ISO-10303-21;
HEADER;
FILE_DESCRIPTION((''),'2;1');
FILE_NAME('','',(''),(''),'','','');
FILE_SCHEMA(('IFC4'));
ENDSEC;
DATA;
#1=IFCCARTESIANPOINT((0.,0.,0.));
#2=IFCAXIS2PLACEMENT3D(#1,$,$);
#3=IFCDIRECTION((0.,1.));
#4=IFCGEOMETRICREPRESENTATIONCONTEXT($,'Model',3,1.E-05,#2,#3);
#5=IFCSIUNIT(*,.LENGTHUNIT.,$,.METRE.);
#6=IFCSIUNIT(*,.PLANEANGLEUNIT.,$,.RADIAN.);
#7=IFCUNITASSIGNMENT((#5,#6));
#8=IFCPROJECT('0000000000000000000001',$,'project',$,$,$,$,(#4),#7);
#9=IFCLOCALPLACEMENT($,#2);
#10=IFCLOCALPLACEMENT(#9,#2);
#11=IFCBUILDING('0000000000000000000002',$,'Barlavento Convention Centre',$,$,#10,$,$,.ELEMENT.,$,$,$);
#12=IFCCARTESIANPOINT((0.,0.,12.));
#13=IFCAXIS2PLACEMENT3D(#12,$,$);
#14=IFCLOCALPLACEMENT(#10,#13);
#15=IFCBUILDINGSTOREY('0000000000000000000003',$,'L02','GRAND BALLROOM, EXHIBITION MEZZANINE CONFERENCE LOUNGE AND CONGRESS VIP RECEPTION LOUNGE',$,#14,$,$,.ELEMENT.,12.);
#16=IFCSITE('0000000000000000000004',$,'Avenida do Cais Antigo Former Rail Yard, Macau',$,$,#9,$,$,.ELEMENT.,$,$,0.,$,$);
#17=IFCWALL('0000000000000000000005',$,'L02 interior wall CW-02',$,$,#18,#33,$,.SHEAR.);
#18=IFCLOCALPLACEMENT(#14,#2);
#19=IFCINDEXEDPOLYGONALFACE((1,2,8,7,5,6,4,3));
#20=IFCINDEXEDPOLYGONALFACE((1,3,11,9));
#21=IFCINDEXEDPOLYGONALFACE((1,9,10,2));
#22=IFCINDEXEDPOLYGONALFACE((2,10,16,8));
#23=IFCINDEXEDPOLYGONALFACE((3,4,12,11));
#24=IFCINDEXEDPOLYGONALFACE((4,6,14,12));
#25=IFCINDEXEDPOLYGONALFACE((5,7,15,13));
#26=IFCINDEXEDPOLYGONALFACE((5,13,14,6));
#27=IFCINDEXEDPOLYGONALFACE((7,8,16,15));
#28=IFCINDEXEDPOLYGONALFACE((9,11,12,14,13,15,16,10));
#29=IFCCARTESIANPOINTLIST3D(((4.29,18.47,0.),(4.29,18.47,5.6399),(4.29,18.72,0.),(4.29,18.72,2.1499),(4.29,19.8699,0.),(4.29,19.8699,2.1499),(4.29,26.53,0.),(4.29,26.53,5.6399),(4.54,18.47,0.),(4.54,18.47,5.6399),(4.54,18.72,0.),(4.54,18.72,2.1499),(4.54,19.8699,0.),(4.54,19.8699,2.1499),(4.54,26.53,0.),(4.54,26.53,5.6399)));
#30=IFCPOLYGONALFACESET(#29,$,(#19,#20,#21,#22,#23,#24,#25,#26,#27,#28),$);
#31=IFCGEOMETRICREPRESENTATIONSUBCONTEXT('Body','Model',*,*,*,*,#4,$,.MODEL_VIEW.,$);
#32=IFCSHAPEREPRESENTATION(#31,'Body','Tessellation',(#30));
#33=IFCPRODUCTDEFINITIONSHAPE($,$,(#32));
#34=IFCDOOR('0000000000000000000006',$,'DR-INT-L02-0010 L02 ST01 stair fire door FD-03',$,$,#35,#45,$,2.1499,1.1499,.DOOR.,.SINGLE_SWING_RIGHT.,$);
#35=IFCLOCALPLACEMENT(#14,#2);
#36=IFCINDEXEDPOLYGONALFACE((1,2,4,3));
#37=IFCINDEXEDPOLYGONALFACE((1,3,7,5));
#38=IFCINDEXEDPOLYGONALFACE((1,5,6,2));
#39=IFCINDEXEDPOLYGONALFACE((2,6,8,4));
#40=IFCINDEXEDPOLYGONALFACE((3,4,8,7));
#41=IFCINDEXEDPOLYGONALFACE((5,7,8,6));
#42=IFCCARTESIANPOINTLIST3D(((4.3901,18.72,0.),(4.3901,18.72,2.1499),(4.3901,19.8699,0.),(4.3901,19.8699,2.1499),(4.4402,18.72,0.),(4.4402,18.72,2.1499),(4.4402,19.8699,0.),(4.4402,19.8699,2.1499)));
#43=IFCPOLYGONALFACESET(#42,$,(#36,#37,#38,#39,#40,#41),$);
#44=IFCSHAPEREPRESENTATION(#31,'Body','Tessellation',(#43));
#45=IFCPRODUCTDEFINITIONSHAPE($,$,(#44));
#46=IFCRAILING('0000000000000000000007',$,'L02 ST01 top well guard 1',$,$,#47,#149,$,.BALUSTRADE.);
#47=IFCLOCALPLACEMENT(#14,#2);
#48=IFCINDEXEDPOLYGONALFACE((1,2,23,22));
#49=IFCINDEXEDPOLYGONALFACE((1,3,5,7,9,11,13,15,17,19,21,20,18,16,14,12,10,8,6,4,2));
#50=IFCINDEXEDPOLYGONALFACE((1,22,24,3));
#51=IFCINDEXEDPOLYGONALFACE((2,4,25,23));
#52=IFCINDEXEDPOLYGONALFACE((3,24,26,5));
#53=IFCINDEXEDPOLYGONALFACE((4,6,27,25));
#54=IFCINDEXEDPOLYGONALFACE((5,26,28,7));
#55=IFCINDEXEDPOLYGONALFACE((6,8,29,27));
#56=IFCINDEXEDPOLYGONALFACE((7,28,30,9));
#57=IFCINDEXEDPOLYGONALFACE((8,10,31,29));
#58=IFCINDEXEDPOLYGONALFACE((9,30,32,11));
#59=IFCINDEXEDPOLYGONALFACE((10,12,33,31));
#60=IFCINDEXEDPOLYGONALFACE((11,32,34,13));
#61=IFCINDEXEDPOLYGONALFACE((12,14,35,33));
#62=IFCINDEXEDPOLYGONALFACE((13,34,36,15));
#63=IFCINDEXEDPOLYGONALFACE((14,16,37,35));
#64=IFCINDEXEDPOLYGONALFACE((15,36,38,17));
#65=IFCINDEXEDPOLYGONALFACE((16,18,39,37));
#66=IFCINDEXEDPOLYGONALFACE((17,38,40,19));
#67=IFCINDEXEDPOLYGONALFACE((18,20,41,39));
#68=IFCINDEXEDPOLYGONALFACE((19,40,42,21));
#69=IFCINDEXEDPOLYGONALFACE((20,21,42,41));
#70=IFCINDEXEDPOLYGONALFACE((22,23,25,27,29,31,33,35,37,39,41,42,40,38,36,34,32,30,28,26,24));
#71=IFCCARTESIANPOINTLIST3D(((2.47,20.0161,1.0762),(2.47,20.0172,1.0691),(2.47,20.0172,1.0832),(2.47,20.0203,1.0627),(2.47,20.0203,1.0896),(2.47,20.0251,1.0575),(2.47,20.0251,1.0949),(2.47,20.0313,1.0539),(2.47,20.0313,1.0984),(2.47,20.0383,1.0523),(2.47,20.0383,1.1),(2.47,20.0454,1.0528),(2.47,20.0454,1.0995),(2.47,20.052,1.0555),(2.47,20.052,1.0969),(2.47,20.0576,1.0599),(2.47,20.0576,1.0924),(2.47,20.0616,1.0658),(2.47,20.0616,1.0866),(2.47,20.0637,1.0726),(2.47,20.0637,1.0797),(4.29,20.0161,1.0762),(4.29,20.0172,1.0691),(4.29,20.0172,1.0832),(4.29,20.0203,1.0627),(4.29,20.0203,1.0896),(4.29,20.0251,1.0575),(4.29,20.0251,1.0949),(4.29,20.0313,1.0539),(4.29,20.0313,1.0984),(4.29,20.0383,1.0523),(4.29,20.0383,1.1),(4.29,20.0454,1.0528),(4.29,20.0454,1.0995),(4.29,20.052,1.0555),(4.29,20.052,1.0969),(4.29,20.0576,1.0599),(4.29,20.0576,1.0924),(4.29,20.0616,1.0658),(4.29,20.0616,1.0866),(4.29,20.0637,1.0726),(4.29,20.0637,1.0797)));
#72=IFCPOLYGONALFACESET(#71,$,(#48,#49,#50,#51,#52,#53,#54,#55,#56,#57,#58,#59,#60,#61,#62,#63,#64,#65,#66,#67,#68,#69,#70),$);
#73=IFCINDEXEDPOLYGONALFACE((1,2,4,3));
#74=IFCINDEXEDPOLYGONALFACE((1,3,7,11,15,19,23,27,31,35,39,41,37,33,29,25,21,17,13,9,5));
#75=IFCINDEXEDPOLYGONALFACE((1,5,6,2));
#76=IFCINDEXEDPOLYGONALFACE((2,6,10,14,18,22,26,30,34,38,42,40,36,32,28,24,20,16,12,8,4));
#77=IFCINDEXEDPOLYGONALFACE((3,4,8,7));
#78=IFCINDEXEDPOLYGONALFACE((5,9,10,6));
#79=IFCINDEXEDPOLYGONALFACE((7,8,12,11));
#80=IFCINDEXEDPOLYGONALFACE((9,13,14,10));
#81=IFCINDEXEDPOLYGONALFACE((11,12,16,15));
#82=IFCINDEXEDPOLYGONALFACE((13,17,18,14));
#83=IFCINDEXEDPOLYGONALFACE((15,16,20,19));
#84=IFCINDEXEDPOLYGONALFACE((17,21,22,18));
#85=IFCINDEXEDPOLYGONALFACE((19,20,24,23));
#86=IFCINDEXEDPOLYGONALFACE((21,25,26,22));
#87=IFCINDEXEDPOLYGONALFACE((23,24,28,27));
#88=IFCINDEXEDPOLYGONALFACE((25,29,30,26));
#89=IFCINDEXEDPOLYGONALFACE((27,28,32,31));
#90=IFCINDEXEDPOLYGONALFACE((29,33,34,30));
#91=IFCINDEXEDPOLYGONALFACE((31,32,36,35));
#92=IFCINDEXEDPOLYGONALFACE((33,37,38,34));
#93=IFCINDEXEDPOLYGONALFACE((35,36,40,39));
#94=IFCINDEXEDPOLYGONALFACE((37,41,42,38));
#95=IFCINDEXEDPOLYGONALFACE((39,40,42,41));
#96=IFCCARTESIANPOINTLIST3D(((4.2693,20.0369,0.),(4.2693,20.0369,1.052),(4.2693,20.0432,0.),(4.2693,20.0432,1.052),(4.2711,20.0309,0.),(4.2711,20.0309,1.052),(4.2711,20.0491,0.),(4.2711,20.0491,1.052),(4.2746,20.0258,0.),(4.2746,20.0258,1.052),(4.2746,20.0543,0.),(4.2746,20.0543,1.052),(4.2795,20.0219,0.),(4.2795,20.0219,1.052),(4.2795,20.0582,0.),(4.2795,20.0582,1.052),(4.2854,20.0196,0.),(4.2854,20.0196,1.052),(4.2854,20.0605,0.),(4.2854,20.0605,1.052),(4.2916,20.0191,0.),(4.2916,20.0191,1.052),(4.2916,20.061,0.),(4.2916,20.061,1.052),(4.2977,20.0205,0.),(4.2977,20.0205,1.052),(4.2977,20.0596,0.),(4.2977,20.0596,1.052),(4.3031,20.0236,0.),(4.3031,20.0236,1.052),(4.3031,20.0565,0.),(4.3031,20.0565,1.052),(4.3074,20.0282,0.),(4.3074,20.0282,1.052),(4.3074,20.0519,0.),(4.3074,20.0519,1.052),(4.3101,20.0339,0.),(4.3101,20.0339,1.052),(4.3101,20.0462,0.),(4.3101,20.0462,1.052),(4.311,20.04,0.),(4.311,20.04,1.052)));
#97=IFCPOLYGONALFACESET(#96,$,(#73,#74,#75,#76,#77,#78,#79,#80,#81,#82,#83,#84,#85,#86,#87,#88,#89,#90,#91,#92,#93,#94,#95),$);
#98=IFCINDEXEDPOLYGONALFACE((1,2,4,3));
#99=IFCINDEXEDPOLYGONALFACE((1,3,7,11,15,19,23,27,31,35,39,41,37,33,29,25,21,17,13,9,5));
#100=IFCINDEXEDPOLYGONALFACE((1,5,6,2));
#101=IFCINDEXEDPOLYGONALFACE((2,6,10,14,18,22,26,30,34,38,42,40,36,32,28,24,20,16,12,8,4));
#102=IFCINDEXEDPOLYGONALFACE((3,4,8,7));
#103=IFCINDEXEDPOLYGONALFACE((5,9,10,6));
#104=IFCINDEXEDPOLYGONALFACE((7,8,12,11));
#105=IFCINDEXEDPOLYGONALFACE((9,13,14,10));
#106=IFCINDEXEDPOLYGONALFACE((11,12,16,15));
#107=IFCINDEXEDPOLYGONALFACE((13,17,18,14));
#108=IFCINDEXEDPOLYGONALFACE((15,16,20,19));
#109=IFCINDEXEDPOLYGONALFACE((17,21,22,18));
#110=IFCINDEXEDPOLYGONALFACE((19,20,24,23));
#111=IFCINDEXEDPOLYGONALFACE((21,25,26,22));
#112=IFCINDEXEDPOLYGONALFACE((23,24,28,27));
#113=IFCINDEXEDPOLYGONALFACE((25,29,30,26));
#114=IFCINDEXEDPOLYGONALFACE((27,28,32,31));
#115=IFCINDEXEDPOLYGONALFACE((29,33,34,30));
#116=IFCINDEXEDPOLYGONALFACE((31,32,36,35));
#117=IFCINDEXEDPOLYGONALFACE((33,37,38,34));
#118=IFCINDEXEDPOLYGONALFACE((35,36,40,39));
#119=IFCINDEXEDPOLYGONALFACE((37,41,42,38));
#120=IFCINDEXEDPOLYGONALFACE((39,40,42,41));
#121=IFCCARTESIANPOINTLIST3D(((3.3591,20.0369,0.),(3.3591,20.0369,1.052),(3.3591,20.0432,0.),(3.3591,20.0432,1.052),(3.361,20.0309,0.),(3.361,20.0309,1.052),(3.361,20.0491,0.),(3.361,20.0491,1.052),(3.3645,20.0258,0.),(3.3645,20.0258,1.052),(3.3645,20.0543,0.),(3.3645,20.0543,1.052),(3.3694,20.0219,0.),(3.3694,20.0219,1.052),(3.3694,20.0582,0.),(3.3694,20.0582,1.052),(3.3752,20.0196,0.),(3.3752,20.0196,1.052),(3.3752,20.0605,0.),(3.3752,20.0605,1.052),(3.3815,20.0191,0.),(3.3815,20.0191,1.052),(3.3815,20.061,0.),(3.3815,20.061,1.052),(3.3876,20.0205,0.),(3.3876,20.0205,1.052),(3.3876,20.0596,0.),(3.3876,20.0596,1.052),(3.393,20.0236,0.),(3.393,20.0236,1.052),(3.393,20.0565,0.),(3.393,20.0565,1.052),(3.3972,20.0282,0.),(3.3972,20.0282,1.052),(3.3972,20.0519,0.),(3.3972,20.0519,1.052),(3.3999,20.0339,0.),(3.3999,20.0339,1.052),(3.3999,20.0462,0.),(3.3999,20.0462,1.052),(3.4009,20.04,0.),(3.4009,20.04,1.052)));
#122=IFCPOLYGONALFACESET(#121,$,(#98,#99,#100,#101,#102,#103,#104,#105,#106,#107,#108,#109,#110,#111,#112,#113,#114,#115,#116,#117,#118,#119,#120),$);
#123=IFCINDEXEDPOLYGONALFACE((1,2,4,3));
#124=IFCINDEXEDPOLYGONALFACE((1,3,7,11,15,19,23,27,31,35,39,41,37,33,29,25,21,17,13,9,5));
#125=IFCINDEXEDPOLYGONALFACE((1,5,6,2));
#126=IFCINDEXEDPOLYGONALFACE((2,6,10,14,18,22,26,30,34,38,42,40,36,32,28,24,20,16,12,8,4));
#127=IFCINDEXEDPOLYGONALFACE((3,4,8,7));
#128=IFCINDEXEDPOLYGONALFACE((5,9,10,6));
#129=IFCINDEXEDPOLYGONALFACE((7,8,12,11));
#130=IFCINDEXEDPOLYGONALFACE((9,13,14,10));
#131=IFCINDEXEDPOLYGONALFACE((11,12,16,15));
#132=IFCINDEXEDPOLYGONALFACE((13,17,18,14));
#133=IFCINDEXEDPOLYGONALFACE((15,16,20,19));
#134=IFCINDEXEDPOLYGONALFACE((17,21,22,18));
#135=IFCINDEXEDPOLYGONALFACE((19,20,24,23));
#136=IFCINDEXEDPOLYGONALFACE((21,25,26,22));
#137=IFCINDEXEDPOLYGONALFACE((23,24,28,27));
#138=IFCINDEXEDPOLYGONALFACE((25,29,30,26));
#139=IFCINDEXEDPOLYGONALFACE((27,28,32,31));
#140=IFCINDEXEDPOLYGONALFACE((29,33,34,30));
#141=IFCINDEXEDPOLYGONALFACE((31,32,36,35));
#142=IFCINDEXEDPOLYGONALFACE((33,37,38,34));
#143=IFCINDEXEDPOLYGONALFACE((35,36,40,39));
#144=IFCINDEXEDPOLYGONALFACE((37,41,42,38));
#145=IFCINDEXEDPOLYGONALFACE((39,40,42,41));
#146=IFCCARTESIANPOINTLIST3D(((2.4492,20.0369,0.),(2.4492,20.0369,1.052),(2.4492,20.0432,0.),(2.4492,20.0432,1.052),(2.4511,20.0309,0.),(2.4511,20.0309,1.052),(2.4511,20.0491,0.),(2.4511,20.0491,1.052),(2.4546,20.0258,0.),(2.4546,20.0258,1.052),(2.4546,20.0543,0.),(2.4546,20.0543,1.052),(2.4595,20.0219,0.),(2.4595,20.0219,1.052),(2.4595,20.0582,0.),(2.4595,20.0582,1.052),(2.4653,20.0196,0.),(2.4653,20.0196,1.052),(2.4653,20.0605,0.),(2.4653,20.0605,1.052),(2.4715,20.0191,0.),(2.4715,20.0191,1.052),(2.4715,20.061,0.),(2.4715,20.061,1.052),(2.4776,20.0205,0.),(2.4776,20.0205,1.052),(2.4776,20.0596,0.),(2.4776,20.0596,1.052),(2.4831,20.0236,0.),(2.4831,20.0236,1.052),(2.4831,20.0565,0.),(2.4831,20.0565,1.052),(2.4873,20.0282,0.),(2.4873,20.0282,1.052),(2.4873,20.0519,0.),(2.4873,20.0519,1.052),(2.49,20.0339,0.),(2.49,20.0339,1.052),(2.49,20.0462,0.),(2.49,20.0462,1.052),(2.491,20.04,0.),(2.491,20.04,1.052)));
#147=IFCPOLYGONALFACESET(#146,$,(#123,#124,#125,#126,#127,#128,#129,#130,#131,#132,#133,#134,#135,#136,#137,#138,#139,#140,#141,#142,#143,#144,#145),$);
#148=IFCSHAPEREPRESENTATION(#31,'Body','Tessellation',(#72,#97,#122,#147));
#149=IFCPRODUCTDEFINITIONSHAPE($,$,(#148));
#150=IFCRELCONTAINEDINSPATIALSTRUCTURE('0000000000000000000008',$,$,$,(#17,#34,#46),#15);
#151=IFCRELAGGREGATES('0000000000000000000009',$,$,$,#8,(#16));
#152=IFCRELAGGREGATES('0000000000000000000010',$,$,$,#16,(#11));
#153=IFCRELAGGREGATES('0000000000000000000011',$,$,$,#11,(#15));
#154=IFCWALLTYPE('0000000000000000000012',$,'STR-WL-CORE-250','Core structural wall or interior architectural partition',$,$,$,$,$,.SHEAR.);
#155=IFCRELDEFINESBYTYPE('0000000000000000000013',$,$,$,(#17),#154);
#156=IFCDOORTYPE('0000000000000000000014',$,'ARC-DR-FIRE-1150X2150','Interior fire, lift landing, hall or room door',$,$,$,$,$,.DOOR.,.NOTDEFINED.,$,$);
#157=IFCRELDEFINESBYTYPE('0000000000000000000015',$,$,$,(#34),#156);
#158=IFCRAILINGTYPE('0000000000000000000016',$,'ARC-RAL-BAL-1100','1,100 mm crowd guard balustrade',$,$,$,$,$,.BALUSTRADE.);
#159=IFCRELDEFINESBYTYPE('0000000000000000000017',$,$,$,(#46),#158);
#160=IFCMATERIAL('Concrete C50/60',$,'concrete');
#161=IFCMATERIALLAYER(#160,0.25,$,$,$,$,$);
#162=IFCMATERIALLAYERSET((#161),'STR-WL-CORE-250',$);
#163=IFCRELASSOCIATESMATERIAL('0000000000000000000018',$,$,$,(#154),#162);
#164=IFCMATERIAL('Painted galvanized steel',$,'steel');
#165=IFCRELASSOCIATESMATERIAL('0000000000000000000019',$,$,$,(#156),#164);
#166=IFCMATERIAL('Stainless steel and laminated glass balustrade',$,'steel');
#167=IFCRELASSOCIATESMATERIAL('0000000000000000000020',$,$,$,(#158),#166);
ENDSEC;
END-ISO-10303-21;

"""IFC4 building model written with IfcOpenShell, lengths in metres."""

from ifc_helpers import new_model, si_unit, direction, frame, frame_2d, origin, origin_2d, place, context, subcontext, project, spatial, rectangle, circle, extrude, material, layer, layer_set, type_object, element, fill, save


model = new_model("IFC4")

# Units and contexts
model_context = context("Model", 3, precision=1e-05, world=origin(), true_north=direction((0.0, 1.0)))
body_context = subcontext(model_context, "Body", "Model", "MODEL_VIEW")
ifc_project = project(units=[si_unit("LENGTHUNIT", "METRE"), si_unit("PLANEANGLEUNIT", "RADIAN")], contexts=[model_context])

# Site, building, storey
site_placement = place(None, origin())
site = spatial("IfcSite", under=ifc_project, at=site_placement, Name="Avenida do Cais Antigo Former Rail Yard, Macau", CompositionType="ELEMENT", RefElevation=0.0)
building_placement = place(site_placement, origin())
building = spatial("IfcBuilding", under=site, at=building_placement, Name="Barlavento Convention Centre", CompositionType="ELEMENT")
storey_placement = place(building_placement, frame((0.0, 0.0, 12.0)))
storey = spatial("IfcBuildingStorey", under=building, at=storey_placement, Name="L02", Description="GRAND BALLROOM, EXHIBITION MEZZANINE CONFERENCE LOUNGE AND CONGRESS VIP RECEPTION LOUNGE", CompositionType="ELEMENT", Elevation=12.0)

# Shared definitions
ifc_material_1 = material(Name="Concrete C50/60", Category="concrete")
ifc_layer_1 = layer(ifc_material_1, 0.25)
ifc_layer_set_1 = layer_set([ifc_layer_1], Name="STR-WL-CORE-250")
wall_type = type_object("IfcWallType", Name="STR-WL-CORE-250", Description="Core structural wall or interior architectural partition", PredefinedType="SHEAR", material=ifc_layer_set_1)

# Shared definitions
ifc_material_2 = material(Name="Painted galvanized steel", Category="steel")

# Wall, opening, door
wall_1_placement = place(storey_placement, frame((4.415, 18.47, 0.0), z_axis=(0.0, 0.0, 1.0), x_axis=(0.0, 1.0, 0.0)))
wall_1 = element("IfcWall", 1, at=wall_1_placement, inside=storey, type_object=wall_type, Name="L02 interior wall CW-02", PredefinedType="SHEAR", context=body_context, shape_type="SweptSolid", body=[
    extrude(rectangle(XDim=8.0601, YDim=0.25, at=frame_2d((4.03, 0.0))), origin(), (0.0, 0.0, 1.0), 5.6399),
])
opening_1_placement = place(wall_1_placement, frame((0.25, 0.0, 0.0)))
opening_1 = element("IfcOpeningElement", 2, at=opening_1_placement, cuts=wall_1, PredefinedType="OPENING", context=body_context, shape_type="SweptSolid", body=[
    extrude(rectangle(XDim=1.1499, YDim=2.1499, at=frame_2d((0.575, 1.075))), frame((0.0, 0.135, 0.0), z_axis=(0.0, -1.0, 0.0), x_axis=(1.0, 0.0, 0.0)), (0.0, 0.0, 1.0), 0.27),
])
door_type_1 = type_object("IfcDoorType", Name="ARC-DR-FIRE-1150X2150", Description="Interior fire, lift landing, hall or room door", OperationType="NOTDEFINED", PredefinedType="DOOR", material=ifc_material_2)
door_1_placement = place(opening_1_placement, origin())
door_1 = element("IfcDoor", 3, at=door_1_placement, inside=storey, type_object=door_type_1, Name="DR-INT-L02-0010 L02 ST01 stair fire door FD-03", OperationType="SINGLE_SWING_RIGHT", OverallHeight=2.1499, OverallWidth=1.1499, PredefinedType="DOOR", context=body_context, shape_type="SweptSolid", body=[
    extrude(rectangle(XDim=1.1499, YDim=2.1499, at=frame_2d((0.575, 1.075))), frame((0.0, 0.0249, 0.0), z_axis=(0.0, -1.0, 0.0), x_axis=(1.0, 0.0, 0.0)), (0.0, 0.0, 1.0), 0.05),
])
fill(opening_1, door_1)

# Railing
ifc_material_3 = material(Name="Stainless steel and laminated glass balustrade", Category="steel")
railing_type = type_object("IfcRailingType", Name="ARC-RAL-BAL-1100", Description="1,100 mm crowd guard balustrade", PredefinedType="BALUSTRADE", material=ifc_material_3)
railing_1_placement = place(storey_placement, frame((4.29, 20.04, 0.0)))
element("IfcRailing", 4, at=railing_1_placement, inside=storey, type_object=railing_type, Name="L02 ST01 top well guard 1", PredefinedType="BALUSTRADE", context=body_context, shape_type="SweptSolid", body=[
    extrude(circle(Radius=0.0239, at=origin_2d()), frame((0.0, 0.0, 1.0762), z_axis=(-1.0, 0.0, 0.0), x_axis=(0.0, -1.0, 0.0)), (0.0, 0.0, 1.0), 1.8201),
    extrude(circle(Radius=0.021, at=origin_2d()), origin(), (0.0, 0.0, 1.0), 1.052),
    extrude(circle(Radius=0.021, at=origin_2d()), frame((-0.9102, 0.0, 0.0)), (0.0, 0.0, 1.0), 1.052),
    extrude(circle(Radius=0.021, at=origin_2d()), frame((-1.8201, 0.0, 0.0)), (0.0, 0.0, 1.0), 1.052),
])

save(model, "model.ifc")
